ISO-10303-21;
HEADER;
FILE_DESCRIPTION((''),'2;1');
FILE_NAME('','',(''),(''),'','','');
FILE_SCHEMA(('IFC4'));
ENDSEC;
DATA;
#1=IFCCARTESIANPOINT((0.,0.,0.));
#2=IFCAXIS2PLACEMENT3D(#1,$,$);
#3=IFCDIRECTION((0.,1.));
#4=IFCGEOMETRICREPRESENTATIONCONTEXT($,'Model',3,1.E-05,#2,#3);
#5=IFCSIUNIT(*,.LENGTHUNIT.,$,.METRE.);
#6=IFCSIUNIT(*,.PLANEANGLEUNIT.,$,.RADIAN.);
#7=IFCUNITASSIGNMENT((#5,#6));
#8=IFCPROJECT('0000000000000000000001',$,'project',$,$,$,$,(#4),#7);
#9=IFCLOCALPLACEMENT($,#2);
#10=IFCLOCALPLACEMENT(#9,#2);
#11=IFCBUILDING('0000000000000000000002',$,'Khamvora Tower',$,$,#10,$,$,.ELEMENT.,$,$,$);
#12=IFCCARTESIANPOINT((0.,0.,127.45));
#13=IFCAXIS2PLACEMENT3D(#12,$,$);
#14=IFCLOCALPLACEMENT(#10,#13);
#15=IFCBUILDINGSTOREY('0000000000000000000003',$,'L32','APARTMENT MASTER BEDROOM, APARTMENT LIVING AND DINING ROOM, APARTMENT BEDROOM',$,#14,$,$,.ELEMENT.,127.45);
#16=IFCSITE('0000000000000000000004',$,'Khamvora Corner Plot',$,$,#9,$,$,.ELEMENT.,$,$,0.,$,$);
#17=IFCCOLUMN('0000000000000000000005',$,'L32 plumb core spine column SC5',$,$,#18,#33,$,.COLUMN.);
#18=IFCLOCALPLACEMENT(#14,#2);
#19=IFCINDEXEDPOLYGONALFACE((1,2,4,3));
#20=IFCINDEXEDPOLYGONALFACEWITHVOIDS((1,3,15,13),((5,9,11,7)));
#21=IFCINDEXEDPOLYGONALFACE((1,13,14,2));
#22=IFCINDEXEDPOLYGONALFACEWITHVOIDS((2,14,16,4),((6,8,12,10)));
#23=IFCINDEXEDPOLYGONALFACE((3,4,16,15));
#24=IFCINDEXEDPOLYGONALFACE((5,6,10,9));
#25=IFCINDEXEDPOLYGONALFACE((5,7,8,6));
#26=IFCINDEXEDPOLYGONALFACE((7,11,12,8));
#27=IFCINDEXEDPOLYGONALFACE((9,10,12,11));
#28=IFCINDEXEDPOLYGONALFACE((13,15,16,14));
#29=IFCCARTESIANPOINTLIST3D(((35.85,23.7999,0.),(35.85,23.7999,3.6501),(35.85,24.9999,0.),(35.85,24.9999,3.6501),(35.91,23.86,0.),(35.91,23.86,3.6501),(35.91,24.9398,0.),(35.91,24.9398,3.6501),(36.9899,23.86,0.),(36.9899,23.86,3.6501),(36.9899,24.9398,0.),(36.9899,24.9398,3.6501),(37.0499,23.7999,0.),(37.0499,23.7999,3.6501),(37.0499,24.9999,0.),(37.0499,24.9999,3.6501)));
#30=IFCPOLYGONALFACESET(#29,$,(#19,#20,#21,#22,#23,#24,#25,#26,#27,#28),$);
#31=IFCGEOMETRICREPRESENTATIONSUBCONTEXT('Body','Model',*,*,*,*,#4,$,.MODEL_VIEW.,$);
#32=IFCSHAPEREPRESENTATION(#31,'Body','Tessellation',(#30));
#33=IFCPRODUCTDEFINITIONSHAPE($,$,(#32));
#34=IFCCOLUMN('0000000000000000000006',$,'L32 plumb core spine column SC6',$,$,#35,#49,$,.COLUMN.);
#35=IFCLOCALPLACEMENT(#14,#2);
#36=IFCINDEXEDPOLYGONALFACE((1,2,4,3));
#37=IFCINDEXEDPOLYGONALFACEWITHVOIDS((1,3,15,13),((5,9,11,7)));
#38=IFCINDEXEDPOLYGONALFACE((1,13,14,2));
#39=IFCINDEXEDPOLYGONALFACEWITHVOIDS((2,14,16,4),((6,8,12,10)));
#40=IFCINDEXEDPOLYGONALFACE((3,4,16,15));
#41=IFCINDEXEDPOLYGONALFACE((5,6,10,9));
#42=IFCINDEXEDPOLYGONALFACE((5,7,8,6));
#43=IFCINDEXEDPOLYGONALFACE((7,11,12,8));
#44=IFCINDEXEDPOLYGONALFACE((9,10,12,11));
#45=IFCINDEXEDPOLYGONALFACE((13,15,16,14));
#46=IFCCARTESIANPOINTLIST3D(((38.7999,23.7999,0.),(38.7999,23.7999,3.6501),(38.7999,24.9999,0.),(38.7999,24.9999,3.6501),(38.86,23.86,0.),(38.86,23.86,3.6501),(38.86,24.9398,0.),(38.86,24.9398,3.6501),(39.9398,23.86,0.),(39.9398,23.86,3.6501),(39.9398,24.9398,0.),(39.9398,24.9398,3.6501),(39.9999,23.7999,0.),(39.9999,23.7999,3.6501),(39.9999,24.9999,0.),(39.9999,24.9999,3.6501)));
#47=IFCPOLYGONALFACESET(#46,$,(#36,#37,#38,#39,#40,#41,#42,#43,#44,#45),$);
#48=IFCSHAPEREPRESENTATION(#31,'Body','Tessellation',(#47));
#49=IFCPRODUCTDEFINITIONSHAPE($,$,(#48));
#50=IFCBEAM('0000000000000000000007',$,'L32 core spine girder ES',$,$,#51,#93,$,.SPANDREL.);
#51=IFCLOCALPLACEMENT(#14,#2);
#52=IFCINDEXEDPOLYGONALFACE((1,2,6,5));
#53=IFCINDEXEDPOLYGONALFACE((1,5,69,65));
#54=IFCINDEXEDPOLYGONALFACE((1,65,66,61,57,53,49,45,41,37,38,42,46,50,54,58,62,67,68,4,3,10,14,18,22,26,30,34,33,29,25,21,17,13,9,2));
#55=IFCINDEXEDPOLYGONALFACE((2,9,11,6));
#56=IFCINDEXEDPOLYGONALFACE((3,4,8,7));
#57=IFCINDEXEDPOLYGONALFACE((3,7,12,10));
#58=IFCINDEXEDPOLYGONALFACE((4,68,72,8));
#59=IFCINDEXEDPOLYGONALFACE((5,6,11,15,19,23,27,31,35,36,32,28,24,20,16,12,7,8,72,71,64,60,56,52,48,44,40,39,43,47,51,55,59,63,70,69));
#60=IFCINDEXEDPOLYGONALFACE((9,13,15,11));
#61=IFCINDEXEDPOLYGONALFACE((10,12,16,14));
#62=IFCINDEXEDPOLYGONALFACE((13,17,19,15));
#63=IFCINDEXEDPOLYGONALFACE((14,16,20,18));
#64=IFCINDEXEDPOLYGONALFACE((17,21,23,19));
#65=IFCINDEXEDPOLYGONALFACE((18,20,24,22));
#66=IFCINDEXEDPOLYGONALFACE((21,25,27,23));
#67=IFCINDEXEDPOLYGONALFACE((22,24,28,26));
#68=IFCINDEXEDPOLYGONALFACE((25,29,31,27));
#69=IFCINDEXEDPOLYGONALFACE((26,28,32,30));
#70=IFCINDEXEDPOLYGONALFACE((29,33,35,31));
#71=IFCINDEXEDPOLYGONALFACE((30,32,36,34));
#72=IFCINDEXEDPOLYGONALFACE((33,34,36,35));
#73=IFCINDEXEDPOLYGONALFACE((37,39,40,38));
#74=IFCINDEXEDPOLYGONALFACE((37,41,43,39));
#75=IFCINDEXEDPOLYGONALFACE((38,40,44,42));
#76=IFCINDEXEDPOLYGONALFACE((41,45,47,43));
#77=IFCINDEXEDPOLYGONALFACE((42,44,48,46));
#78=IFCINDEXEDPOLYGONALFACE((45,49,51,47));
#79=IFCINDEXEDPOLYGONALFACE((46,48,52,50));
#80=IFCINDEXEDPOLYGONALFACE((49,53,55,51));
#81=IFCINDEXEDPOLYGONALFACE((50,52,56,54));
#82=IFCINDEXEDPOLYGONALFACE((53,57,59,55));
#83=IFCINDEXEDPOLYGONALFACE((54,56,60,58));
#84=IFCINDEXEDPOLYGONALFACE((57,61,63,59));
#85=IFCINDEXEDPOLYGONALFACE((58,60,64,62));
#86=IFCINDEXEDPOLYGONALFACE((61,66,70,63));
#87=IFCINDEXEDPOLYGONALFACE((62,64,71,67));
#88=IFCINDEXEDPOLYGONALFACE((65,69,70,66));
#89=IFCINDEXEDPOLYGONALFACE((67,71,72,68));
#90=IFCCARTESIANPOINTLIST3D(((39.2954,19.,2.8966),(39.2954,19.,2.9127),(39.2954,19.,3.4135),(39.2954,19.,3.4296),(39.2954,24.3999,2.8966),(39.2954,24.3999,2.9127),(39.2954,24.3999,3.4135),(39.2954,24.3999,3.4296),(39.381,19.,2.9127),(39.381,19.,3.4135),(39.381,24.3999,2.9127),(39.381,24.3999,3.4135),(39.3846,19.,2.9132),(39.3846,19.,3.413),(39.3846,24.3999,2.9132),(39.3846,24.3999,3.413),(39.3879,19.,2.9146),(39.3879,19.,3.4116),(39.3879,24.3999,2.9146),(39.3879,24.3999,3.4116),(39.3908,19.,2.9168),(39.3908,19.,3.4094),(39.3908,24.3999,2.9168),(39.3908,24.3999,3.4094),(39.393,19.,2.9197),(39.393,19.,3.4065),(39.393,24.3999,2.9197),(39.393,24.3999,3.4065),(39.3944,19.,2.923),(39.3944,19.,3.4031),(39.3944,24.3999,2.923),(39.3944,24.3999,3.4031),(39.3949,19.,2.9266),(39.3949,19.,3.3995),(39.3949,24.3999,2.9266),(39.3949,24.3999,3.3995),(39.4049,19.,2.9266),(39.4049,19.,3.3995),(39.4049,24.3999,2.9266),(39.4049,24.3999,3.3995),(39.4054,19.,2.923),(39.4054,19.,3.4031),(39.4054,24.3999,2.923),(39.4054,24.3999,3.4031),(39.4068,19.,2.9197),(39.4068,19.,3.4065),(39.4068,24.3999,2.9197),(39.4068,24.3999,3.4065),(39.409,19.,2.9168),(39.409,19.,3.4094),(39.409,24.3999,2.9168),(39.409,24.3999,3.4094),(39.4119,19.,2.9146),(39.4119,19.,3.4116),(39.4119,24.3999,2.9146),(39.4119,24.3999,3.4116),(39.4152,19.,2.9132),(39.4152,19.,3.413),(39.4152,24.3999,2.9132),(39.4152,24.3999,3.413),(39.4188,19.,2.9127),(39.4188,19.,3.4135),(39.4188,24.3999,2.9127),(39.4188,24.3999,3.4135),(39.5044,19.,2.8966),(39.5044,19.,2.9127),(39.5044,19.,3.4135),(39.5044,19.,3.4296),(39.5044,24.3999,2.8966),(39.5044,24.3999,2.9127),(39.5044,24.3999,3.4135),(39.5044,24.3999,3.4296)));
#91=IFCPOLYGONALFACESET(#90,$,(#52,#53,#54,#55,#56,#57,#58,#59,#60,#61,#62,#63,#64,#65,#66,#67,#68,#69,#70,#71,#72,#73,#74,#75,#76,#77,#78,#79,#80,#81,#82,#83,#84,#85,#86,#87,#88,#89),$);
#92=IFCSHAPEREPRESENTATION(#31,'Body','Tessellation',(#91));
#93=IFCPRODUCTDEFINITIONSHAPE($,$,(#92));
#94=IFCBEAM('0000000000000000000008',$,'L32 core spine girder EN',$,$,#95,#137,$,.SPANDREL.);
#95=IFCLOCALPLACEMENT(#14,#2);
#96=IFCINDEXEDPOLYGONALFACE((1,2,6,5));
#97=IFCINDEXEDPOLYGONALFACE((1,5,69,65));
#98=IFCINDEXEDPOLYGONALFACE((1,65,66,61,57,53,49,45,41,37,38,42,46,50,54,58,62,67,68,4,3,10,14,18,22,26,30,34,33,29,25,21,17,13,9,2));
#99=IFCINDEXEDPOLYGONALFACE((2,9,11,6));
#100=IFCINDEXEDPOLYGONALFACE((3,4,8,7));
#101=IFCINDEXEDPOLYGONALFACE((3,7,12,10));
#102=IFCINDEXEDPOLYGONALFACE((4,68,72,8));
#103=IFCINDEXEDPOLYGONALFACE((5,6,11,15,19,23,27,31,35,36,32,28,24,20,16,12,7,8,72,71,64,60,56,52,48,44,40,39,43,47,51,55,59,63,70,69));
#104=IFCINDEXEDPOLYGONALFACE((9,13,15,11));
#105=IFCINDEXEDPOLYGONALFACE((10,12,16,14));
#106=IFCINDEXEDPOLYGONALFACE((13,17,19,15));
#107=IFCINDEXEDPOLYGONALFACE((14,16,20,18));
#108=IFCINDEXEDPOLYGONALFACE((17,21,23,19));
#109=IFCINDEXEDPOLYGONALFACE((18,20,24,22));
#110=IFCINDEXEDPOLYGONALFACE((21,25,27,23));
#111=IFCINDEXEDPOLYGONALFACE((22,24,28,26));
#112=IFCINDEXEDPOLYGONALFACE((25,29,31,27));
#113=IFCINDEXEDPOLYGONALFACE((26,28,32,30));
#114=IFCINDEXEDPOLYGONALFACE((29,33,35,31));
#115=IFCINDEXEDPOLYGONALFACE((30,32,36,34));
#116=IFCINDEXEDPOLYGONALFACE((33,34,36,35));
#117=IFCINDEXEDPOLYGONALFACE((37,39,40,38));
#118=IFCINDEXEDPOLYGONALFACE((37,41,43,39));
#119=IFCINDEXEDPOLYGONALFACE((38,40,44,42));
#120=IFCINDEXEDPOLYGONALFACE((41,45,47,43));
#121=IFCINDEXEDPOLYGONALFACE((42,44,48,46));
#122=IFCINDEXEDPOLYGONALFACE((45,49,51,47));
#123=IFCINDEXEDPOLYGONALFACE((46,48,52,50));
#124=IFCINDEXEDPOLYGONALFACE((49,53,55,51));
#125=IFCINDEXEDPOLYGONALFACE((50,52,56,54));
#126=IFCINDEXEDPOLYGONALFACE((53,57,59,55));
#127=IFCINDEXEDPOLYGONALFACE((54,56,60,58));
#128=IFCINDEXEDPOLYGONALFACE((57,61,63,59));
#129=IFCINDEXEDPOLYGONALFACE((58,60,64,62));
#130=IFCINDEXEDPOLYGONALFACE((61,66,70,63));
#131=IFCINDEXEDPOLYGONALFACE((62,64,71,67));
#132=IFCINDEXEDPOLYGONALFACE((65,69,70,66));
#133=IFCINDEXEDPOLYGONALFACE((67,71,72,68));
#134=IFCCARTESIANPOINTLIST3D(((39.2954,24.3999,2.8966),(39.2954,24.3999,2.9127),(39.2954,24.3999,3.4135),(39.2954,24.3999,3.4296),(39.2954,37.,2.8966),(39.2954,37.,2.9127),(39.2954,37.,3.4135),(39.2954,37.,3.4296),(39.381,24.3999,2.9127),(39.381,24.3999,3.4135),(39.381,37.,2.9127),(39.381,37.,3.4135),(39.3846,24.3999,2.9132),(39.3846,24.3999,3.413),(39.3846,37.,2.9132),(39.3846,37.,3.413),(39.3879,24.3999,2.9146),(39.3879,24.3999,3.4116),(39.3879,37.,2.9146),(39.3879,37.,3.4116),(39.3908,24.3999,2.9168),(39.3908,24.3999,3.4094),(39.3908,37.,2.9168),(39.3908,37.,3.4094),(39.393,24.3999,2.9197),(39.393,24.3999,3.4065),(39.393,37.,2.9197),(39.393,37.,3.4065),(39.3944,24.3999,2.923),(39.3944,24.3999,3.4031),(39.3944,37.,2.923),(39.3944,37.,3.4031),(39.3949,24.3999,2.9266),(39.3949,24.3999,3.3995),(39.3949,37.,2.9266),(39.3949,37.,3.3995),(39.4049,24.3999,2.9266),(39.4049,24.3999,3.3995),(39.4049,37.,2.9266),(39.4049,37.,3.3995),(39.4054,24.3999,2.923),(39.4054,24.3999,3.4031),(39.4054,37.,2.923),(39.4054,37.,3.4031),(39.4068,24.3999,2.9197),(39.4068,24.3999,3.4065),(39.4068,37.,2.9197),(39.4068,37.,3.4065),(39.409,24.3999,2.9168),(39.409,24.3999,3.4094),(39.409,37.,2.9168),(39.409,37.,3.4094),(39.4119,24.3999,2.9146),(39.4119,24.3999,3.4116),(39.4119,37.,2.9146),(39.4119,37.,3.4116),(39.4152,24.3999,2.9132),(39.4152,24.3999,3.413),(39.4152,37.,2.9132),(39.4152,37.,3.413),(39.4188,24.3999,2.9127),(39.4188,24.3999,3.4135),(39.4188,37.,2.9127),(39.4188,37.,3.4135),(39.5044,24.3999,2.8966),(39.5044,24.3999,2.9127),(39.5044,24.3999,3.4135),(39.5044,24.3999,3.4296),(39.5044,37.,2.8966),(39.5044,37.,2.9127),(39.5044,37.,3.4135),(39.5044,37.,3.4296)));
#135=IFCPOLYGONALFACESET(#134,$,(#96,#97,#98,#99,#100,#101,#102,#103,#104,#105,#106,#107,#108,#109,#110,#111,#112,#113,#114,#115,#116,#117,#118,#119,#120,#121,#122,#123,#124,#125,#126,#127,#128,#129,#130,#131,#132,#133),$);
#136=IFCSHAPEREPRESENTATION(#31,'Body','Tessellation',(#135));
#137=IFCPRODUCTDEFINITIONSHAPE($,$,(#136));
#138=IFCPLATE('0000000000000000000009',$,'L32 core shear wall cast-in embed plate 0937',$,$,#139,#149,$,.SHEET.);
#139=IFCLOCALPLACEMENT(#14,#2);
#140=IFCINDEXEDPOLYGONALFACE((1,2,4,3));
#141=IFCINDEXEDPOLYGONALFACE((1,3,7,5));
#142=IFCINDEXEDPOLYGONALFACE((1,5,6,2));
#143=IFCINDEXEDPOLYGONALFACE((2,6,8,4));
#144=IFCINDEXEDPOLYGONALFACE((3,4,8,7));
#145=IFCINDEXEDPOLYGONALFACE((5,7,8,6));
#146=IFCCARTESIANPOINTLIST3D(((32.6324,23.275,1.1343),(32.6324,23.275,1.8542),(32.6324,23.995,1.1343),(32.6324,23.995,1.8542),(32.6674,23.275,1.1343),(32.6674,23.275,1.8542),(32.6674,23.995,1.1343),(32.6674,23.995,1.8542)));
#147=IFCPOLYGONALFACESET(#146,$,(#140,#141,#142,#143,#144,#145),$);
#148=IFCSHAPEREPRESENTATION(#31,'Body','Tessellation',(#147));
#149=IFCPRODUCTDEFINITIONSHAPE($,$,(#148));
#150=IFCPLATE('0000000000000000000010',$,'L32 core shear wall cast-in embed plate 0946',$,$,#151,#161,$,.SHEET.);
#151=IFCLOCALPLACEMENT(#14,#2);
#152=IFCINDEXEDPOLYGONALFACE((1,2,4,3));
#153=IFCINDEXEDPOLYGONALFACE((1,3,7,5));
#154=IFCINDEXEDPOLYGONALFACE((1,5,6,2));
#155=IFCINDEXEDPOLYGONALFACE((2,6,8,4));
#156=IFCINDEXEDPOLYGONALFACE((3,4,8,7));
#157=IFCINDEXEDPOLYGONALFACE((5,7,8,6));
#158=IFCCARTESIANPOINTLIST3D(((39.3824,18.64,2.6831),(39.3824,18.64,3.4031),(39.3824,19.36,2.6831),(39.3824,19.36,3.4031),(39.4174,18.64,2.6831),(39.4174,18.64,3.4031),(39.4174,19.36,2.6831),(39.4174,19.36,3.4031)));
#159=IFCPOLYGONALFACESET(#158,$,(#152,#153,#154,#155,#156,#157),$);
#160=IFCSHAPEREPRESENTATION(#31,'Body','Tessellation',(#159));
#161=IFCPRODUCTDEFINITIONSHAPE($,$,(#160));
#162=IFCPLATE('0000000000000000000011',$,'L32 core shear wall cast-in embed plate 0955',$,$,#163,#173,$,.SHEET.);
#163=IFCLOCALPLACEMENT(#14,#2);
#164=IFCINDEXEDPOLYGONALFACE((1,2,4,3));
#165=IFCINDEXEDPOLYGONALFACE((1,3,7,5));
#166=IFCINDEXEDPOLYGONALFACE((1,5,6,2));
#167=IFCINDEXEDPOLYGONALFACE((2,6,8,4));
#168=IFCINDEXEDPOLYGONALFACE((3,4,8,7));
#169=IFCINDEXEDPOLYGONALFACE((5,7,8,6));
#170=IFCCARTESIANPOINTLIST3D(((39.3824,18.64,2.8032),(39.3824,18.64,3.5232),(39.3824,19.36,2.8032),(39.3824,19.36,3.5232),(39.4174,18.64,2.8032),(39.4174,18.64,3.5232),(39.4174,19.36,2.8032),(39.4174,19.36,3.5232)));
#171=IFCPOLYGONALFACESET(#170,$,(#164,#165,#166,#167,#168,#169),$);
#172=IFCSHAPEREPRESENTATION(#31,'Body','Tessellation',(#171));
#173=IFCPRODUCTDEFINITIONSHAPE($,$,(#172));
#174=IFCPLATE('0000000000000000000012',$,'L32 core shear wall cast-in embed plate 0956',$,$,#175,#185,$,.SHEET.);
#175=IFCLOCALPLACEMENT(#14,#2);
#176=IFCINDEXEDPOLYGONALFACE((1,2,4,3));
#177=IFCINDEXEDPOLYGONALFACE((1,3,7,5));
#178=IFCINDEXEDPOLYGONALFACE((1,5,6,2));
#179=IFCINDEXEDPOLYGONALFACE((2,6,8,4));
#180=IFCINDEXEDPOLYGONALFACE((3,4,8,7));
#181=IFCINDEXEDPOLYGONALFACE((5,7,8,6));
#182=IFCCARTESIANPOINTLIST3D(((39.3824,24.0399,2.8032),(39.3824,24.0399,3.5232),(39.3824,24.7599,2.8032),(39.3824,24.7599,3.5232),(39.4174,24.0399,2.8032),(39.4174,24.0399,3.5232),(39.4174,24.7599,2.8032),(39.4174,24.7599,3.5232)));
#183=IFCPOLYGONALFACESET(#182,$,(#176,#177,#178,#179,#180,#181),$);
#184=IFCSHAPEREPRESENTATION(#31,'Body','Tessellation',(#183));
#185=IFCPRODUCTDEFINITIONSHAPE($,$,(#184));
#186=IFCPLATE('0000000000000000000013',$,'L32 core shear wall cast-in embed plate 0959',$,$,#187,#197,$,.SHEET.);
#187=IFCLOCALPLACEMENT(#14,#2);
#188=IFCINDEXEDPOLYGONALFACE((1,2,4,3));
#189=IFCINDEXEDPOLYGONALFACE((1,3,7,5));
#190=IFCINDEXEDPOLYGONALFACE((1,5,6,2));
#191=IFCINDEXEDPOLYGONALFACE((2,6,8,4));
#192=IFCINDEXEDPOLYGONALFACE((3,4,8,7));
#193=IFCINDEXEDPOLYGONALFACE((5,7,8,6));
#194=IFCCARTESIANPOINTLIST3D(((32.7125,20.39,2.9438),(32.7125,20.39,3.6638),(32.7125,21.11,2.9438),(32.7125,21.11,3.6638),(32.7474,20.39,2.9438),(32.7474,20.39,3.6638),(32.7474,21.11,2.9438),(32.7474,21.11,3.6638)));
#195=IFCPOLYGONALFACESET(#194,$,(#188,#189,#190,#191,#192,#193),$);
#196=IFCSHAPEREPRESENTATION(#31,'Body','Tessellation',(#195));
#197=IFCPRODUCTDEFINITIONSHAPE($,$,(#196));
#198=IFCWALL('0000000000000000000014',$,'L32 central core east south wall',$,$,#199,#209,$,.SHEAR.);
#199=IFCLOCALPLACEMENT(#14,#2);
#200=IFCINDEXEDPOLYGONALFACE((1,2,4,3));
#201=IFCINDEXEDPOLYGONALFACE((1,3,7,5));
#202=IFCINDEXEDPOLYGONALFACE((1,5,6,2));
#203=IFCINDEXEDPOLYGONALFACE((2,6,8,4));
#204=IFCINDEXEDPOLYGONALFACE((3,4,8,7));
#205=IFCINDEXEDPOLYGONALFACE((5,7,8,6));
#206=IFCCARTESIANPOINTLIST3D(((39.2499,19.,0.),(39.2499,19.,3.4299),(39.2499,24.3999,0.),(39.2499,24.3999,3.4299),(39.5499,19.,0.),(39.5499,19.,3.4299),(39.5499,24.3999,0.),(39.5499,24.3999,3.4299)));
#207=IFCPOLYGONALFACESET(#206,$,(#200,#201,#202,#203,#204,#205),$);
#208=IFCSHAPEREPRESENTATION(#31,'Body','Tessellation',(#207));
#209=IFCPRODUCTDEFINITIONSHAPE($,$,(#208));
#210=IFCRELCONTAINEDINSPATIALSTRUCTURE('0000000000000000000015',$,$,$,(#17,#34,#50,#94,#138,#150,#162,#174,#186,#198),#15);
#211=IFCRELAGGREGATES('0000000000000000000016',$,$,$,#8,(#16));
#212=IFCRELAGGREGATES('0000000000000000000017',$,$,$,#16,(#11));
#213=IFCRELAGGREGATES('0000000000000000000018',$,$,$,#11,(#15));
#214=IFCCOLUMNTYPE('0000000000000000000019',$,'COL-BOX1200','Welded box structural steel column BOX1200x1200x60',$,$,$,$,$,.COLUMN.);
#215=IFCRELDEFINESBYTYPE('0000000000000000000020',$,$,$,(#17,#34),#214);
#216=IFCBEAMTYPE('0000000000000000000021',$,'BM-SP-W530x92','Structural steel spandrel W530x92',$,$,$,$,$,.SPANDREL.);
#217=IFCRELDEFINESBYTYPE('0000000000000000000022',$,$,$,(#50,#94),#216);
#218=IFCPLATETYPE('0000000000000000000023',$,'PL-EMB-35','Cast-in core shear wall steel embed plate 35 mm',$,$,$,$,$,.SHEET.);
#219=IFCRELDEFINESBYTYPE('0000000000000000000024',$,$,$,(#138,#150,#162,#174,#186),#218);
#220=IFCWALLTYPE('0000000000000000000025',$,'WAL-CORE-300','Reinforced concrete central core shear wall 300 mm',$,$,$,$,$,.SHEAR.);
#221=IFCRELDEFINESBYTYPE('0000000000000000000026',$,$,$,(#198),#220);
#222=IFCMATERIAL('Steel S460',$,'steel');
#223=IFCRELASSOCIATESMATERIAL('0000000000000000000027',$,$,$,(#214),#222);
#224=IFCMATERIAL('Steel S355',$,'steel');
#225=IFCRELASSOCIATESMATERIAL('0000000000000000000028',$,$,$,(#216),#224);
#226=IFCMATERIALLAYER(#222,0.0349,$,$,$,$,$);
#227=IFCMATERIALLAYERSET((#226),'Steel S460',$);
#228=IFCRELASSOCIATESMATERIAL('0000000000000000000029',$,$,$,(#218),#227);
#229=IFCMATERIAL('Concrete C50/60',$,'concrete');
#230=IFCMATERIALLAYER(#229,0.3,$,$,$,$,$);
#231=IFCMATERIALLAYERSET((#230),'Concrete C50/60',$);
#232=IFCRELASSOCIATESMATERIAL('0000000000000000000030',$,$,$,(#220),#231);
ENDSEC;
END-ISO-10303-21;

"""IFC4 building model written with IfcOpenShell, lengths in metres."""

from ifc_helpers import new_model, si_unit, direction, frame, frame_2d, origin, origin_2d, place, context, subcontext, project, spatial, rectangle, hollow_rectangle, i_section, extrude, material, layer, layer_set, material_profile, profile_set, type_object, element, save


model = new_model("IFC4")

# Units and contexts
model_context = context("Model", 3, precision=1e-05, world=origin(), true_north=direction((0.0, 1.0)))
body_context = subcontext(model_context, "Body", "Model", "MODEL_VIEW")
ifc_project = project(units=[si_unit("LENGTHUNIT", "METRE"), si_unit("PLANEANGLEUNIT", "RADIAN")], contexts=[model_context])

# Site, building, storey
site_placement = place(None, origin())
site = spatial("IfcSite", under=ifc_project, at=site_placement, Name="Khamvora Corner Plot", CompositionType="ELEMENT", RefElevation=0.0)
building_placement = place(site_placement, origin())
building = spatial("IfcBuilding", under=site, at=building_placement, Name="Khamvora Tower", CompositionType="ELEMENT")
storey_placement = place(building_placement, frame((0.0, 0.0, 127.45)))
storey = spatial("IfcBuildingStorey", under=building, at=storey_placement, Name="L32", Description="APARTMENT MASTER BEDROOM, APARTMENT LIVING AND DINING ROOM, APARTMENT BEDROOM", CompositionType="ELEMENT", Elevation=127.45)

# Columns
ifc_material_1 = material(Name="Steel S460", Category="steel")
ifc_material_profile_1 = material_profile(ifc_material_1, hollow_rectangle(XDim=1.2, YDim=1.2, WallThickness=0.0601, at=origin_2d()), Name="BOX1200x1200x60")
ifc_profile_set_1 = profile_set([ifc_material_profile_1], Name="Steel S460")
column_type = type_object("IfcColumnType", Name="COL-BOX1200", Description="Welded box structural steel column BOX1200x1200x60", PredefinedType="COLUMN", material=ifc_profile_set_1)
for number, where, z_axis, x_axis, name in (
    (1, (36.45, 24.3999, 0.0), (0.0, 0.0, 1.0), (1.0, 0.0, 0.0), "L32 plumb core spine column SC5"),
    (2, (39.3999, 24.3999, 0.0), (0.0, 0.0, 1.0), (1.0, 0.0, 0.0), "L32 plumb core spine column SC6"),
):
    element("IfcColumn", number, at=place(storey_placement, frame(where, z_axis=z_axis, x_axis=x_axis)), inside=storey, type_object=column_type, Name=name, PredefinedType="COLUMN", context=body_context, shape_type="SweptSolid", body=[
        extrude(hollow_rectangle(XDim=1.2, YDim=1.2, WallThickness=0.0601, at=origin_2d()), origin(), (0.0, 0.0, 1.0), 3.6501),
    ])

# Beams
ifc_material_2 = material(Name="Steel S355", Category="steel")
ifc_material_profile_2 = material_profile(ifc_material_2, i_section(OverallWidth=0.209, OverallDepth=0.533, WebThickness=0.01, FlangeThickness=0.0161, FilletRadius=0.0139, at=origin_2d()), Name="W530x92")
ifc_profile_set_2 = profile_set([ifc_material_profile_2], Name="Steel S355")
beam_type = type_object("IfcBeamType", Name="BM-SP-W530x92", Description="Structural steel spandrel W530x92", PredefinedType="SPANDREL", material=ifc_profile_set_2)
beam_1_placement = place(storey_placement, frame((39.3999, 19.0, 3.1631), z_axis=(0.0, 1.0, 0.0), x_axis=(-1.0, 0.0, 0.0)))
element("IfcBeam", 3, at=beam_1_placement, inside=storey, type_object=beam_type, Name="L32 core spine girder ES", PredefinedType="SPANDREL", context=body_context, shape_type="SweptSolid", body=[
    extrude(i_section(OverallWidth=0.209, OverallDepth=0.533, WebThickness=0.01, FlangeThickness=0.0161, FilletRadius=0.0139, at=origin_2d()), origin(), (0.0, 0.0, 1.0), 5.3999),
])
beam_2_placement = place(storey_placement, frame((39.3999, 24.3999, 3.1631), z_axis=(0.0, 1.0, 0.0), x_axis=(-1.0, 0.0, 0.0)))
element("IfcBeam", 4, at=beam_2_placement, inside=storey, type_object=beam_type, Name="L32 core spine girder EN", PredefinedType="SPANDREL", context=body_context, shape_type="SweptSolid", body=[
    extrude(i_section(OverallWidth=0.209, OverallDepth=0.533, WebThickness=0.01, FlangeThickness=0.0161, FilletRadius=0.0139, at=origin_2d()), origin(), (0.0, 0.0, 1.0), 12.6001),
])

# Plates
ifc_layer_1 = layer(ifc_material_1, 0.0349)
ifc_layer_set_1 = layer_set([ifc_layer_1], Name="Steel S460")
plate_type = type_object("IfcPlateType", Name="PL-EMB-35", Description="Cast-in core shear wall steel embed plate 35 mm", PredefinedType="SHEET", material=ifc_layer_set_1)
for number, where, z_axis, x_axis, name in (
    (5, (32.6499, 23.635, 1.1343), (0.0, 0.0, 1.0), (1.0, 0.0, 0.0), "L32 core shear wall cast-in embed plate 0937"),
    (6, (39.3999, 19.0, 2.6831), (0.0, 0.0, 1.0), (1.0, 0.0, 0.0), "L32 core shear wall cast-in embed plate 0946"),
    (7, (39.3999, 19.0, 2.8032), (0.0, 0.0, 1.0), (1.0, 0.0, 0.0), "L32 core shear wall cast-in embed plate 0955"),
    (8, (39.3999, 24.3999, 2.8032), (0.0, 0.0, 1.0), (1.0, 0.0, 0.0), "L32 core shear wall cast-in embed plate 0956"),
    (9, (32.73, 20.75, 2.9438), (0.0, 0.0, 1.0), (1.0, 0.0, 0.0), "L32 core shear wall cast-in embed plate 0959"),
):
    element("IfcPlate", number, at=place(storey_placement, frame(where, z_axis=z_axis, x_axis=x_axis)), inside=storey, type_object=plate_type, Name=name, PredefinedType="SHEET", context=body_context, shape_type="SweptSolid", body=[
        extrude(rectangle(XDim=0.0349, YDim=0.72, at=origin_2d()), origin(), (0.0, 0.0, 1.0), 0.72),
    ])

# Wall
ifc_material_3 = material(Name="Concrete C50/60", Category="concrete")
ifc_layer_2 = layer(ifc_material_3, 0.3)
ifc_layer_set_2 = layer_set([ifc_layer_2], Name="Concrete C50/60")
wall_type_1 = type_object("IfcWallType", Name="WAL-CORE-300", Description="Reinforced concrete central core shear wall 300 mm", PredefinedType="SHEAR", material=ifc_layer_set_2)
wall_1_placement = place(storey_placement, frame((39.3999, 19.0, 0.0), z_axis=(0.0, 0.0, 1.0), x_axis=(0.0, 1.0, 0.0)))
element("IfcWall", 10, at=wall_1_placement, inside=storey, type_object=wall_type_1, Name="L32 central core east south wall", PredefinedType="SHEAR", context=body_context, shape_type="SweptSolid", body=[
    extrude(rectangle(XDim=5.3999, YDim=0.3, at=frame_2d((2.7, 0.0))), origin(), (0.0, 0.0, 1.0), 3.4299),
])

save(model, "model.ifc")
